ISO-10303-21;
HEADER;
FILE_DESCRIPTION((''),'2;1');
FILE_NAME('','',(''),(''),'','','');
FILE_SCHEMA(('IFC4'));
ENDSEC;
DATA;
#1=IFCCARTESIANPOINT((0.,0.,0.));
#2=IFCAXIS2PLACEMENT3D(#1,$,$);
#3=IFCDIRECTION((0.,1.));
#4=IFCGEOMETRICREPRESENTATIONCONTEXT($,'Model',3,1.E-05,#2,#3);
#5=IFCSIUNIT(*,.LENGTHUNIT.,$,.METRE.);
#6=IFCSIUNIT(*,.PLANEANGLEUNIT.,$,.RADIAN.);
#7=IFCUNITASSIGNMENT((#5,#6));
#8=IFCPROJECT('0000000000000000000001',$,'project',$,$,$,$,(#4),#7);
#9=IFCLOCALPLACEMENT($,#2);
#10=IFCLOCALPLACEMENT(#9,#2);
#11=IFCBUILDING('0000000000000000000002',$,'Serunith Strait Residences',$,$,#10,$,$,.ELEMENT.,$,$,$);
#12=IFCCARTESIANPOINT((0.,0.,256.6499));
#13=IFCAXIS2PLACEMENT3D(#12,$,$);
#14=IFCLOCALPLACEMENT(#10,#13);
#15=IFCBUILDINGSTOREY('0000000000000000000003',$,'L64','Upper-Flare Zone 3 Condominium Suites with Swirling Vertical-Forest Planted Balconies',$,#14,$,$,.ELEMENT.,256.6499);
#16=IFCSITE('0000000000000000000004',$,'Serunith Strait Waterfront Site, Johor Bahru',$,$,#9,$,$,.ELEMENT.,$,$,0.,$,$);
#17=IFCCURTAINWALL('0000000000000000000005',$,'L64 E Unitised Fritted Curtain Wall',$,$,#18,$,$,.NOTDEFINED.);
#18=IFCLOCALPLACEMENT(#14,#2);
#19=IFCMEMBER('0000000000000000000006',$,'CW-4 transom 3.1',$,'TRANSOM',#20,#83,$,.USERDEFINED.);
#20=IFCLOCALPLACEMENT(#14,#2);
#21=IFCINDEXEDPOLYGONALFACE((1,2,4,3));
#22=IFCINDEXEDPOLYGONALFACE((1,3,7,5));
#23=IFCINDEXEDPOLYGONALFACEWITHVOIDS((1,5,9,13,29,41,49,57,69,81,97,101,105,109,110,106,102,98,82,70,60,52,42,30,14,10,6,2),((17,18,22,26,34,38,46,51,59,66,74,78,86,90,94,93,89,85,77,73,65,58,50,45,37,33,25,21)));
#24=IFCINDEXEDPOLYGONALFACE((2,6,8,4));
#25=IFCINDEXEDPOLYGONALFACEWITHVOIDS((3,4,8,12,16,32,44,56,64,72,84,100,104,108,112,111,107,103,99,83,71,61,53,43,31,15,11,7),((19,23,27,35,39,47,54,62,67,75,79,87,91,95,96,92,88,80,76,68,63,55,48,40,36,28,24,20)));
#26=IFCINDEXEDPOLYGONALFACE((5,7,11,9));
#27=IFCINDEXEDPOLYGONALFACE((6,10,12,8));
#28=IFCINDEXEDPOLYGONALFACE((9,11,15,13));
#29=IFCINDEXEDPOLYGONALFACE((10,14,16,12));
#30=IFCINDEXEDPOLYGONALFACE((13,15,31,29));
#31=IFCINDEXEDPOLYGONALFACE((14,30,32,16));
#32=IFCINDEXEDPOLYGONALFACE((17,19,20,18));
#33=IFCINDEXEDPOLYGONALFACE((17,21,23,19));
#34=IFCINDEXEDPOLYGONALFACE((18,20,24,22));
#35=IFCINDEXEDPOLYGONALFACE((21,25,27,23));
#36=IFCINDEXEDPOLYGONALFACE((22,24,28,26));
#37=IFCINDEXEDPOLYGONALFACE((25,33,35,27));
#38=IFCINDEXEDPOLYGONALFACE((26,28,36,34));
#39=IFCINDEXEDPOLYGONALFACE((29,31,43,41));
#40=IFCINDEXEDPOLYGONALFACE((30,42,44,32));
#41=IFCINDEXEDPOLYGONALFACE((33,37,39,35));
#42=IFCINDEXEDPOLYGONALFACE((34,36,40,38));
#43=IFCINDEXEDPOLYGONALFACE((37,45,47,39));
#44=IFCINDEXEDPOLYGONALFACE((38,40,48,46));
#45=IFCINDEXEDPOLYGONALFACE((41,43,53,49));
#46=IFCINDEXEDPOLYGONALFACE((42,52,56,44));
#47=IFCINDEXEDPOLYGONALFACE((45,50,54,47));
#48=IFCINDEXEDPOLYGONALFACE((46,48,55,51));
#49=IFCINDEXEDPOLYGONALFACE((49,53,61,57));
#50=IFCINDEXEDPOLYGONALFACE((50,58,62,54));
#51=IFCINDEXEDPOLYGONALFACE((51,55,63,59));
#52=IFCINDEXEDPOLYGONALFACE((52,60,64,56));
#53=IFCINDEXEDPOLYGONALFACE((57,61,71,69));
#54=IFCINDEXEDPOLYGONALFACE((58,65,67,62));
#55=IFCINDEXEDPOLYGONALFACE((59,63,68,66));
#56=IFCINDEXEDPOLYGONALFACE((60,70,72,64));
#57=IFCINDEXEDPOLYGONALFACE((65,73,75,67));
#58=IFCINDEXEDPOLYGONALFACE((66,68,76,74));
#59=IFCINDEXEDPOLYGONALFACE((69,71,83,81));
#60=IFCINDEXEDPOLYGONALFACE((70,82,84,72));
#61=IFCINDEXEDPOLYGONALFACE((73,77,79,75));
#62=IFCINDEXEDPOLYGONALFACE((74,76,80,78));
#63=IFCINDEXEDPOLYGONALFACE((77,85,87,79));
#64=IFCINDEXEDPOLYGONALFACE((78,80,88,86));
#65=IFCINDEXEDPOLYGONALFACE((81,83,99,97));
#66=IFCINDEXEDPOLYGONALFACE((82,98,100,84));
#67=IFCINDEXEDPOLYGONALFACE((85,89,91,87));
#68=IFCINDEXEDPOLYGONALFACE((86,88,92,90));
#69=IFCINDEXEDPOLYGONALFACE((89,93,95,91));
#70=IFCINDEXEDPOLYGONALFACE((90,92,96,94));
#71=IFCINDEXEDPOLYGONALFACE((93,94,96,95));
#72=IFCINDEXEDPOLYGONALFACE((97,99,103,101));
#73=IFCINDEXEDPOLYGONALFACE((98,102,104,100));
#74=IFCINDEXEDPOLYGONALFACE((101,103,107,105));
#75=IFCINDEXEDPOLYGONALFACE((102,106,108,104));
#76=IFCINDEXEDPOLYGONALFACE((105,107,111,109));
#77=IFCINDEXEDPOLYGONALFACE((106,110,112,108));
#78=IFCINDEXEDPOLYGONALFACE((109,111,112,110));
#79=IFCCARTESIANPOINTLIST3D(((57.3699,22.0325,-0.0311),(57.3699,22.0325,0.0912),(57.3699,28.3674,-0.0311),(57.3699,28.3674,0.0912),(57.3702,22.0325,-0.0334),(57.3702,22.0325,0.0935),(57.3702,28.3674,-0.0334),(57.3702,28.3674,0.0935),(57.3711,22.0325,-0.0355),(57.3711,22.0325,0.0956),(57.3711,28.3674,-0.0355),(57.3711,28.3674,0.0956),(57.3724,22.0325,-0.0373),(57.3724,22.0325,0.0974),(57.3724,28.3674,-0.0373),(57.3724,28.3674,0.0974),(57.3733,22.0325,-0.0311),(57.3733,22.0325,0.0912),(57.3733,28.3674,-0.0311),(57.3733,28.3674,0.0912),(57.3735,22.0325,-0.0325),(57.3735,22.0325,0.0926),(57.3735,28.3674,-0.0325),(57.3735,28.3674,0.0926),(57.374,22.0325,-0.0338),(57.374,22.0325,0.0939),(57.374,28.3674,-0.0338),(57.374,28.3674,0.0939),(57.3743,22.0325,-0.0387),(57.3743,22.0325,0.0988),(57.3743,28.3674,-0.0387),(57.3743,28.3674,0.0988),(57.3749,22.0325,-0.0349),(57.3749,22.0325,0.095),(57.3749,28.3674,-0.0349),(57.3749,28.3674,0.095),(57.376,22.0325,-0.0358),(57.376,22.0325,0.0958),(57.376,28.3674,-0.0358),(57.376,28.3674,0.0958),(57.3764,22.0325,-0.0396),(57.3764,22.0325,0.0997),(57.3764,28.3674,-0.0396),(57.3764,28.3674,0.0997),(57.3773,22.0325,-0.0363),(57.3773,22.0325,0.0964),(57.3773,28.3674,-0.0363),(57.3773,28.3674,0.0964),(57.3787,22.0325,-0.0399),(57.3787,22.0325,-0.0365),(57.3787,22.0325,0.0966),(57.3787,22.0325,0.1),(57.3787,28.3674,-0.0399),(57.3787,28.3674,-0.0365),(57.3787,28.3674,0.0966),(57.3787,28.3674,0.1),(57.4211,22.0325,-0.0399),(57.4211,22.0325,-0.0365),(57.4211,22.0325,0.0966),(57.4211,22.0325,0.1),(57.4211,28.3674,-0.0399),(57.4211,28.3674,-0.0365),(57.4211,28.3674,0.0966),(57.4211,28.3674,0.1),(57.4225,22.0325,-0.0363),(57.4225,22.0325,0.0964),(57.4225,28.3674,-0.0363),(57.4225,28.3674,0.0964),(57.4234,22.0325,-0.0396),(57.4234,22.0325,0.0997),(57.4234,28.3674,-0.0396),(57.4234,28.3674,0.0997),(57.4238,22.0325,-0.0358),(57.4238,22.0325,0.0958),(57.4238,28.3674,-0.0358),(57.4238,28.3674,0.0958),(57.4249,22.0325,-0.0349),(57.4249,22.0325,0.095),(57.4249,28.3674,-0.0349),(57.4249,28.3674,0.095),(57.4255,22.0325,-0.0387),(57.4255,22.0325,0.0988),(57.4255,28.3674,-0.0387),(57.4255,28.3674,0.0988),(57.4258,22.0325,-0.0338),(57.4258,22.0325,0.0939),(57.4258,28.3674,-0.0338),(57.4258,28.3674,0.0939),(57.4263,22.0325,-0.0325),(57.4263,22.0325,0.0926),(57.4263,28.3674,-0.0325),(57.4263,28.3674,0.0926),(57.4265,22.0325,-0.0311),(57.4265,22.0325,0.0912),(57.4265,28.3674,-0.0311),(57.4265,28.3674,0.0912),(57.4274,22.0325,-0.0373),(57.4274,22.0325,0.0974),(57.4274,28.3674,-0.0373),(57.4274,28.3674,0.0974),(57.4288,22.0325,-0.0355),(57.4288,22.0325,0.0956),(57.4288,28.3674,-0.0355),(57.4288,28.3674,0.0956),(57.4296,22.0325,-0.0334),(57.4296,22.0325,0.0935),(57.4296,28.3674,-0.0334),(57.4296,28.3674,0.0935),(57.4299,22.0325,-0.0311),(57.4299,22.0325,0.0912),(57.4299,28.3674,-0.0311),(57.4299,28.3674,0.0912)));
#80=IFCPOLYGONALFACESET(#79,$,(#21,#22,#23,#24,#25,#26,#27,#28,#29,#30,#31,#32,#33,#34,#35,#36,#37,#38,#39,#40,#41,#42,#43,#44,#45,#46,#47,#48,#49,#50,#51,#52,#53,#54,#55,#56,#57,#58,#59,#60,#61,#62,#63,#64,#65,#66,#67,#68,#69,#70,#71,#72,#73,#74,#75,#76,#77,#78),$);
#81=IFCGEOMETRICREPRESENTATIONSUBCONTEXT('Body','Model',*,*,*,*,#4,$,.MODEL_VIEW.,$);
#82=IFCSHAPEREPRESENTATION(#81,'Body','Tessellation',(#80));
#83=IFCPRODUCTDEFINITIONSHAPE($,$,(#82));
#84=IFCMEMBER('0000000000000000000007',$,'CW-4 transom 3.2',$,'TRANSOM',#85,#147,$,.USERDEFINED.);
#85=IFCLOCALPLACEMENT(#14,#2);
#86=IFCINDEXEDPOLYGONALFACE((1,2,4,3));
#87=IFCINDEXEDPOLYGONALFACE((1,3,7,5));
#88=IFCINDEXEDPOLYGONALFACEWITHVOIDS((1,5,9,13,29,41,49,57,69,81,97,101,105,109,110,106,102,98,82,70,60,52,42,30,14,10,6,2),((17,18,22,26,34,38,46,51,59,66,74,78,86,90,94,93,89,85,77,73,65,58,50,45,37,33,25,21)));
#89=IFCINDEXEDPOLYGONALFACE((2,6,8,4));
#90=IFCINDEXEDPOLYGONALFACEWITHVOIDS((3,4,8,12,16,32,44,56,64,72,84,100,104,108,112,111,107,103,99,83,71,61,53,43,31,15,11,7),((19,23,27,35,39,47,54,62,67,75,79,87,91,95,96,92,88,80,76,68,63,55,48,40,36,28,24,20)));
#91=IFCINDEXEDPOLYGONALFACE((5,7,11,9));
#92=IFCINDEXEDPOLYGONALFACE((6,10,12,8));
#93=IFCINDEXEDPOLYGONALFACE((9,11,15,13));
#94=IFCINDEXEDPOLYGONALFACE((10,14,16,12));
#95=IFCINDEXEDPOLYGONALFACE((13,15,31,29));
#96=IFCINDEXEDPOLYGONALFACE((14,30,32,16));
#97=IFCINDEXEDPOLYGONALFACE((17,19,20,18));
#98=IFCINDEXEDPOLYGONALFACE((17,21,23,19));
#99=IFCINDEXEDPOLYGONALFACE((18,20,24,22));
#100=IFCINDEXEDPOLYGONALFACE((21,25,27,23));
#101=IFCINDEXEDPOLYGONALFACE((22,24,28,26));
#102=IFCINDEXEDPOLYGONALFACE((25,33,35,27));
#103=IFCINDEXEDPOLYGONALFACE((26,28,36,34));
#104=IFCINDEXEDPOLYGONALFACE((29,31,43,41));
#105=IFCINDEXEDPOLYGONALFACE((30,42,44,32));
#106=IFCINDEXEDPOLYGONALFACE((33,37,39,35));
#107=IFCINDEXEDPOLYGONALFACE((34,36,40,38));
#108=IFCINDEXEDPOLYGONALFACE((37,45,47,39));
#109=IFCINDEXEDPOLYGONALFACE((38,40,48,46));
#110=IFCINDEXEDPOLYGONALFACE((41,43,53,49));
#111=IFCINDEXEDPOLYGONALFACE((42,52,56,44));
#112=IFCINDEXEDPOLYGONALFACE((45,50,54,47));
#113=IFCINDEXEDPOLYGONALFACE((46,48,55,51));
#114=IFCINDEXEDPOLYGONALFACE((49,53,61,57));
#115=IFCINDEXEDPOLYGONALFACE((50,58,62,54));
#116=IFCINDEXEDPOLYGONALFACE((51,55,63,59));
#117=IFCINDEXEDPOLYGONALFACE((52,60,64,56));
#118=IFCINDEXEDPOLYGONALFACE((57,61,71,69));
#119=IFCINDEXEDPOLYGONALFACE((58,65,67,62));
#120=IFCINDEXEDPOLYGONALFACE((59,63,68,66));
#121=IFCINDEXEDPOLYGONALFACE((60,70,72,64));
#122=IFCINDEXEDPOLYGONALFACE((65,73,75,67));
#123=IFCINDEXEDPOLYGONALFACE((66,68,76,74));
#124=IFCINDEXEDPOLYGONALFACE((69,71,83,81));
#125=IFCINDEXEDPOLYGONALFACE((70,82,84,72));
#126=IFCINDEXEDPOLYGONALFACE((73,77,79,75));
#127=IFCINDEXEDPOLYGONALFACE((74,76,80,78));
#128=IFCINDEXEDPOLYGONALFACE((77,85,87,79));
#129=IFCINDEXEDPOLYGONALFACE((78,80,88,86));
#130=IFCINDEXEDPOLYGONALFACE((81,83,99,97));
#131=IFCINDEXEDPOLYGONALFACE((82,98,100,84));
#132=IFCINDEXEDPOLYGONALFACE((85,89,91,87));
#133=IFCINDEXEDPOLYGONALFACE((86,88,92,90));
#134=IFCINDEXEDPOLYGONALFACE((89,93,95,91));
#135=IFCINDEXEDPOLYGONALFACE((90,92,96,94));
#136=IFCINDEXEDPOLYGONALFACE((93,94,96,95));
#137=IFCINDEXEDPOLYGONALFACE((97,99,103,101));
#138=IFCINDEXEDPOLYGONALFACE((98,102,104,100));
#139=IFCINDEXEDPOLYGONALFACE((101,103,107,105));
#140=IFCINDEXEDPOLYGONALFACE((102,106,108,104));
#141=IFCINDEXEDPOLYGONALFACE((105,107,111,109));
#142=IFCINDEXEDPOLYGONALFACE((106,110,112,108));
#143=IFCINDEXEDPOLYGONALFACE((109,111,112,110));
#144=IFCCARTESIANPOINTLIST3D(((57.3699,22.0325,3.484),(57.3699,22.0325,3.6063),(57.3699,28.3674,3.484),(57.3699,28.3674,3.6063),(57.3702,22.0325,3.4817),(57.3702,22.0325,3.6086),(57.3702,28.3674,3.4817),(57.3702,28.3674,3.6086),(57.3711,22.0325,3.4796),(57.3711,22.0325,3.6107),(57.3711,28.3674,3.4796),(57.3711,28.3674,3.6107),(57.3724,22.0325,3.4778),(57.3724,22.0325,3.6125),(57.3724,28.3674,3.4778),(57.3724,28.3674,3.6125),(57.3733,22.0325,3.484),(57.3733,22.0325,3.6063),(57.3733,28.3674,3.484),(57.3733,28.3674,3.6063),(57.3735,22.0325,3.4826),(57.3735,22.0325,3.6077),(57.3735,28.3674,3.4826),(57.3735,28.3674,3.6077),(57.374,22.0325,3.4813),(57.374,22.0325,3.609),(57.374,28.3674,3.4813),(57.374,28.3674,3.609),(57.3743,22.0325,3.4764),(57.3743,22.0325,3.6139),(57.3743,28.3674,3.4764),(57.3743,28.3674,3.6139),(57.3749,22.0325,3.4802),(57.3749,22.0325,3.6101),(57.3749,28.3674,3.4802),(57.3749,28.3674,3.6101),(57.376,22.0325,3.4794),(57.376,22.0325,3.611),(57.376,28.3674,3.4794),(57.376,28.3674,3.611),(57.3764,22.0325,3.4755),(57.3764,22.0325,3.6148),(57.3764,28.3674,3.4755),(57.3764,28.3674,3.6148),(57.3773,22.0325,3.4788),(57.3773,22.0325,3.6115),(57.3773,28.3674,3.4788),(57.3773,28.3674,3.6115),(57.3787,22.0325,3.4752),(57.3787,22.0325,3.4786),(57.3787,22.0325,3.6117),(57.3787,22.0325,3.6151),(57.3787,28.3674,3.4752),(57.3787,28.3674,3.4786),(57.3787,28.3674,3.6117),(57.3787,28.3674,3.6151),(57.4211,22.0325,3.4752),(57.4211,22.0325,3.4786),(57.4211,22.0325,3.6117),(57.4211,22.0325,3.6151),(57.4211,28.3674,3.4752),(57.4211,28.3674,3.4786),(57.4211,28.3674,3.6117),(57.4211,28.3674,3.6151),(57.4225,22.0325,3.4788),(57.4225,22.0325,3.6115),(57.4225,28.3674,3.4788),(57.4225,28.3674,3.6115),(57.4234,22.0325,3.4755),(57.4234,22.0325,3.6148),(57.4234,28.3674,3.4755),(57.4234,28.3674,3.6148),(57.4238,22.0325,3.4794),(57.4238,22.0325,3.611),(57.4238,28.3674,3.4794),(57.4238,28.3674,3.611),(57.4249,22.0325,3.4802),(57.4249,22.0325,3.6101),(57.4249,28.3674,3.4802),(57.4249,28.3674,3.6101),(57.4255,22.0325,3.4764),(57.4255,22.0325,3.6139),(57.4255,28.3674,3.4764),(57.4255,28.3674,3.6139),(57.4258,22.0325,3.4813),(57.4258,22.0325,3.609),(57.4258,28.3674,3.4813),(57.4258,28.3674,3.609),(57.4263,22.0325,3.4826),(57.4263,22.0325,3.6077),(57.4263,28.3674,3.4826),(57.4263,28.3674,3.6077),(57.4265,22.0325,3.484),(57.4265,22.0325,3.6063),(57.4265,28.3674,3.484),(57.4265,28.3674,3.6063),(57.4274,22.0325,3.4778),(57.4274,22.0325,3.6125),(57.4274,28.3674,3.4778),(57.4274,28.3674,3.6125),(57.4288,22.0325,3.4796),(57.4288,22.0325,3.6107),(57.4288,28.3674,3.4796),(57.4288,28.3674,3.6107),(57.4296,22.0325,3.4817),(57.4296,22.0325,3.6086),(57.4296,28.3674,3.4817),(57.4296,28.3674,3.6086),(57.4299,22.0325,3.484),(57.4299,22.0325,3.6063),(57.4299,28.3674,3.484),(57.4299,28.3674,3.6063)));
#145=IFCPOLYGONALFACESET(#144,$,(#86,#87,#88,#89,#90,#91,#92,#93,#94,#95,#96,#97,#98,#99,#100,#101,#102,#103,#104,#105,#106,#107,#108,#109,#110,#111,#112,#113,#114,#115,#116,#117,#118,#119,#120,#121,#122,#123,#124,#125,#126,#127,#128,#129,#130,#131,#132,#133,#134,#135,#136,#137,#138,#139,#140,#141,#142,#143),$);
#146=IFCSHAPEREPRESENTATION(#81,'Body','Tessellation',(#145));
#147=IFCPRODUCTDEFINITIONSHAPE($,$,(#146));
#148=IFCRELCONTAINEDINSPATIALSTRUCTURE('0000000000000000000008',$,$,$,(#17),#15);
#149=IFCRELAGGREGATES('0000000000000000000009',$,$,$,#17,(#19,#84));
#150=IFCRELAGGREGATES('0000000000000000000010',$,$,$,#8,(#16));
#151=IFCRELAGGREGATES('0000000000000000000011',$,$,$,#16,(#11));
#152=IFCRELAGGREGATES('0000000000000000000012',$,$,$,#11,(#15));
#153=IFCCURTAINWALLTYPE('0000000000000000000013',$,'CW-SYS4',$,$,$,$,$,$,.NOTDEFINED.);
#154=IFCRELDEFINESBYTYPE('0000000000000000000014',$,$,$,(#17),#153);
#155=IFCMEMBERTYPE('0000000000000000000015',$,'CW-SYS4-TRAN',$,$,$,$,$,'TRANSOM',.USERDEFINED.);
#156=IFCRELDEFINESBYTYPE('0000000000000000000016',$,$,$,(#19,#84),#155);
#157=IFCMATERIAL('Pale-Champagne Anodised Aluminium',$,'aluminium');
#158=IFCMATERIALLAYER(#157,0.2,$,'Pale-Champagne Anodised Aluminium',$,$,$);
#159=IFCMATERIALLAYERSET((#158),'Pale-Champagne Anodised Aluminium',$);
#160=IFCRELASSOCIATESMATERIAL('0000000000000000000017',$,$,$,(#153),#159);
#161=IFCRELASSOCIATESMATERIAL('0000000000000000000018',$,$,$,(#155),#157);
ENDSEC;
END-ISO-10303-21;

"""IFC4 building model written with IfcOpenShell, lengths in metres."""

from ifc_helpers import new_model, si_unit, direction, frame, origin, origin_2d, place, context, subcontext, project, spatial, hollow_rectangle, extrude, source, transform, mapped, material, layer, layer_set, material_profile, profile_set, type_object, element, aggregate, save


model = new_model("IFC4")

# Units and contexts
model_context = context("Model", 3, precision=1e-05, world=origin(), true_north=direction((0.0, 1.0)))
body_context = subcontext(model_context, "Body", "Model", "MODEL_VIEW")
ifc_project = project(units=[si_unit("LENGTHUNIT", "METRE"), si_unit("PLANEANGLEUNIT", "RADIAN")], contexts=[model_context])

# Site, building, storey
site_placement = place(None, origin())
site = spatial("IfcSite", under=ifc_project, at=site_placement, Name="Serunith Strait Waterfront Site, Johor Bahru", CompositionType="ELEMENT", RefElevation=0.0)
building_placement = place(site_placement, origin())
building = spatial("IfcBuilding", under=site, at=building_placement, Name="Serunith Strait Residences", CompositionType="ELEMENT")
storey_placement = place(building_placement, frame((0.0, 0.0, 256.6499)))
storey = spatial("IfcBuildingStorey", under=building, at=storey_placement, Name="L64", Description="Upper-Flare Zone 3 Condominium Suites with Swirling Vertical-Forest Planted Balconies", CompositionType="ELEMENT", Elevation=256.6499)

# Curtain wall, members
ifc_material_1 = material(Name="Pale-Champagne Anodised Aluminium", Category="aluminium")
ifc_layer_1 = layer(ifc_material_1, 0.2, Name="Pale-Champagne Anodised Aluminium")
ifc_layer_set_1 = layer_set([ifc_layer_1], Name="Pale-Champagne Anodised Aluminium")
curtain_wall_type = type_object("IfcCurtainWallType", Name="CW-SYS4", PredefinedType="NOTDEFINED", material=ifc_layer_set_1)
curtain_wall_placement = place(storey_placement, origin())
curtain_wall = element("IfcCurtainWall", 1, at=curtain_wall_placement, inside=storey, type_object=curtain_wall_type, Name="L64 E Unitised Fritted Curtain Wall", PredefinedType="NOTDEFINED")
ifc_material_profile_1 = material_profile(ifc_material_1, hollow_rectangle(XDim=0.0601, YDim=0.1399, WallThickness=0.0034, InnerFilletRadius=0.0054, OuterFilletRadius=0.0088, at=origin_2d()), Name="ALU 140x60x3.5")
ifc_profile_set_1 = profile_set([ifc_material_profile_1], Name="Pale-Champagne Anodised Aluminium")
member_type_1 = type_object("IfcMemberType", Name="CW-SYS4-TRAN", ElementType="TRANSOM", PredefinedType="USERDEFINED", material=ifc_profile_set_1)
shared_shape_1 = source(origin(), body_context, "Body", "SweptSolid", [
    extrude(hollow_rectangle(XDim=0.0601, YDim=0.1399, WallThickness=0.0034, InnerFilletRadius=0.0054, OuterFilletRadius=0.0088, at=origin_2d()), origin(), (0.0, 0.0, 1.0), 6.335),
])
member_1_placement = place(storey_placement, frame((57.3999, 22.0325, 0.03), z_axis=(0.0, 1.0, 0.0), x_axis=(-1.0, 0.0, 0.0)))
member_1 = element("IfcMember", 2, at=member_1_placement, type_object=member_type_1, Name="CW-4 transom 3.1", ObjectType="TRANSOM", PredefinedType="USERDEFINED", context=body_context, shape_type="MappedRepresentation", body=[
    mapped(shared_shape_1, transform((0.0, 0.0, 0.0), scale=1.0)),
])
member_2_placement = place(storey_placement, frame((57.3999, 22.0325, 3.5452), z_axis=(0.0, 1.0, 0.0), x_axis=(-1.0, 0.0, 0.0)))
member_2 = element("IfcMember", 3, at=member_2_placement, type_object=member_type_1, Name="CW-4 transom 3.2", ObjectType="TRANSOM", PredefinedType="USERDEFINED", context=body_context, shape_type="MappedRepresentation", body=[
    mapped(shared_shape_1, transform((0.0, 0.0, 0.0), scale=1.0)),
])
aggregate(curtain_wall, [member_1, member_2])

save(model, "model.ifc")
